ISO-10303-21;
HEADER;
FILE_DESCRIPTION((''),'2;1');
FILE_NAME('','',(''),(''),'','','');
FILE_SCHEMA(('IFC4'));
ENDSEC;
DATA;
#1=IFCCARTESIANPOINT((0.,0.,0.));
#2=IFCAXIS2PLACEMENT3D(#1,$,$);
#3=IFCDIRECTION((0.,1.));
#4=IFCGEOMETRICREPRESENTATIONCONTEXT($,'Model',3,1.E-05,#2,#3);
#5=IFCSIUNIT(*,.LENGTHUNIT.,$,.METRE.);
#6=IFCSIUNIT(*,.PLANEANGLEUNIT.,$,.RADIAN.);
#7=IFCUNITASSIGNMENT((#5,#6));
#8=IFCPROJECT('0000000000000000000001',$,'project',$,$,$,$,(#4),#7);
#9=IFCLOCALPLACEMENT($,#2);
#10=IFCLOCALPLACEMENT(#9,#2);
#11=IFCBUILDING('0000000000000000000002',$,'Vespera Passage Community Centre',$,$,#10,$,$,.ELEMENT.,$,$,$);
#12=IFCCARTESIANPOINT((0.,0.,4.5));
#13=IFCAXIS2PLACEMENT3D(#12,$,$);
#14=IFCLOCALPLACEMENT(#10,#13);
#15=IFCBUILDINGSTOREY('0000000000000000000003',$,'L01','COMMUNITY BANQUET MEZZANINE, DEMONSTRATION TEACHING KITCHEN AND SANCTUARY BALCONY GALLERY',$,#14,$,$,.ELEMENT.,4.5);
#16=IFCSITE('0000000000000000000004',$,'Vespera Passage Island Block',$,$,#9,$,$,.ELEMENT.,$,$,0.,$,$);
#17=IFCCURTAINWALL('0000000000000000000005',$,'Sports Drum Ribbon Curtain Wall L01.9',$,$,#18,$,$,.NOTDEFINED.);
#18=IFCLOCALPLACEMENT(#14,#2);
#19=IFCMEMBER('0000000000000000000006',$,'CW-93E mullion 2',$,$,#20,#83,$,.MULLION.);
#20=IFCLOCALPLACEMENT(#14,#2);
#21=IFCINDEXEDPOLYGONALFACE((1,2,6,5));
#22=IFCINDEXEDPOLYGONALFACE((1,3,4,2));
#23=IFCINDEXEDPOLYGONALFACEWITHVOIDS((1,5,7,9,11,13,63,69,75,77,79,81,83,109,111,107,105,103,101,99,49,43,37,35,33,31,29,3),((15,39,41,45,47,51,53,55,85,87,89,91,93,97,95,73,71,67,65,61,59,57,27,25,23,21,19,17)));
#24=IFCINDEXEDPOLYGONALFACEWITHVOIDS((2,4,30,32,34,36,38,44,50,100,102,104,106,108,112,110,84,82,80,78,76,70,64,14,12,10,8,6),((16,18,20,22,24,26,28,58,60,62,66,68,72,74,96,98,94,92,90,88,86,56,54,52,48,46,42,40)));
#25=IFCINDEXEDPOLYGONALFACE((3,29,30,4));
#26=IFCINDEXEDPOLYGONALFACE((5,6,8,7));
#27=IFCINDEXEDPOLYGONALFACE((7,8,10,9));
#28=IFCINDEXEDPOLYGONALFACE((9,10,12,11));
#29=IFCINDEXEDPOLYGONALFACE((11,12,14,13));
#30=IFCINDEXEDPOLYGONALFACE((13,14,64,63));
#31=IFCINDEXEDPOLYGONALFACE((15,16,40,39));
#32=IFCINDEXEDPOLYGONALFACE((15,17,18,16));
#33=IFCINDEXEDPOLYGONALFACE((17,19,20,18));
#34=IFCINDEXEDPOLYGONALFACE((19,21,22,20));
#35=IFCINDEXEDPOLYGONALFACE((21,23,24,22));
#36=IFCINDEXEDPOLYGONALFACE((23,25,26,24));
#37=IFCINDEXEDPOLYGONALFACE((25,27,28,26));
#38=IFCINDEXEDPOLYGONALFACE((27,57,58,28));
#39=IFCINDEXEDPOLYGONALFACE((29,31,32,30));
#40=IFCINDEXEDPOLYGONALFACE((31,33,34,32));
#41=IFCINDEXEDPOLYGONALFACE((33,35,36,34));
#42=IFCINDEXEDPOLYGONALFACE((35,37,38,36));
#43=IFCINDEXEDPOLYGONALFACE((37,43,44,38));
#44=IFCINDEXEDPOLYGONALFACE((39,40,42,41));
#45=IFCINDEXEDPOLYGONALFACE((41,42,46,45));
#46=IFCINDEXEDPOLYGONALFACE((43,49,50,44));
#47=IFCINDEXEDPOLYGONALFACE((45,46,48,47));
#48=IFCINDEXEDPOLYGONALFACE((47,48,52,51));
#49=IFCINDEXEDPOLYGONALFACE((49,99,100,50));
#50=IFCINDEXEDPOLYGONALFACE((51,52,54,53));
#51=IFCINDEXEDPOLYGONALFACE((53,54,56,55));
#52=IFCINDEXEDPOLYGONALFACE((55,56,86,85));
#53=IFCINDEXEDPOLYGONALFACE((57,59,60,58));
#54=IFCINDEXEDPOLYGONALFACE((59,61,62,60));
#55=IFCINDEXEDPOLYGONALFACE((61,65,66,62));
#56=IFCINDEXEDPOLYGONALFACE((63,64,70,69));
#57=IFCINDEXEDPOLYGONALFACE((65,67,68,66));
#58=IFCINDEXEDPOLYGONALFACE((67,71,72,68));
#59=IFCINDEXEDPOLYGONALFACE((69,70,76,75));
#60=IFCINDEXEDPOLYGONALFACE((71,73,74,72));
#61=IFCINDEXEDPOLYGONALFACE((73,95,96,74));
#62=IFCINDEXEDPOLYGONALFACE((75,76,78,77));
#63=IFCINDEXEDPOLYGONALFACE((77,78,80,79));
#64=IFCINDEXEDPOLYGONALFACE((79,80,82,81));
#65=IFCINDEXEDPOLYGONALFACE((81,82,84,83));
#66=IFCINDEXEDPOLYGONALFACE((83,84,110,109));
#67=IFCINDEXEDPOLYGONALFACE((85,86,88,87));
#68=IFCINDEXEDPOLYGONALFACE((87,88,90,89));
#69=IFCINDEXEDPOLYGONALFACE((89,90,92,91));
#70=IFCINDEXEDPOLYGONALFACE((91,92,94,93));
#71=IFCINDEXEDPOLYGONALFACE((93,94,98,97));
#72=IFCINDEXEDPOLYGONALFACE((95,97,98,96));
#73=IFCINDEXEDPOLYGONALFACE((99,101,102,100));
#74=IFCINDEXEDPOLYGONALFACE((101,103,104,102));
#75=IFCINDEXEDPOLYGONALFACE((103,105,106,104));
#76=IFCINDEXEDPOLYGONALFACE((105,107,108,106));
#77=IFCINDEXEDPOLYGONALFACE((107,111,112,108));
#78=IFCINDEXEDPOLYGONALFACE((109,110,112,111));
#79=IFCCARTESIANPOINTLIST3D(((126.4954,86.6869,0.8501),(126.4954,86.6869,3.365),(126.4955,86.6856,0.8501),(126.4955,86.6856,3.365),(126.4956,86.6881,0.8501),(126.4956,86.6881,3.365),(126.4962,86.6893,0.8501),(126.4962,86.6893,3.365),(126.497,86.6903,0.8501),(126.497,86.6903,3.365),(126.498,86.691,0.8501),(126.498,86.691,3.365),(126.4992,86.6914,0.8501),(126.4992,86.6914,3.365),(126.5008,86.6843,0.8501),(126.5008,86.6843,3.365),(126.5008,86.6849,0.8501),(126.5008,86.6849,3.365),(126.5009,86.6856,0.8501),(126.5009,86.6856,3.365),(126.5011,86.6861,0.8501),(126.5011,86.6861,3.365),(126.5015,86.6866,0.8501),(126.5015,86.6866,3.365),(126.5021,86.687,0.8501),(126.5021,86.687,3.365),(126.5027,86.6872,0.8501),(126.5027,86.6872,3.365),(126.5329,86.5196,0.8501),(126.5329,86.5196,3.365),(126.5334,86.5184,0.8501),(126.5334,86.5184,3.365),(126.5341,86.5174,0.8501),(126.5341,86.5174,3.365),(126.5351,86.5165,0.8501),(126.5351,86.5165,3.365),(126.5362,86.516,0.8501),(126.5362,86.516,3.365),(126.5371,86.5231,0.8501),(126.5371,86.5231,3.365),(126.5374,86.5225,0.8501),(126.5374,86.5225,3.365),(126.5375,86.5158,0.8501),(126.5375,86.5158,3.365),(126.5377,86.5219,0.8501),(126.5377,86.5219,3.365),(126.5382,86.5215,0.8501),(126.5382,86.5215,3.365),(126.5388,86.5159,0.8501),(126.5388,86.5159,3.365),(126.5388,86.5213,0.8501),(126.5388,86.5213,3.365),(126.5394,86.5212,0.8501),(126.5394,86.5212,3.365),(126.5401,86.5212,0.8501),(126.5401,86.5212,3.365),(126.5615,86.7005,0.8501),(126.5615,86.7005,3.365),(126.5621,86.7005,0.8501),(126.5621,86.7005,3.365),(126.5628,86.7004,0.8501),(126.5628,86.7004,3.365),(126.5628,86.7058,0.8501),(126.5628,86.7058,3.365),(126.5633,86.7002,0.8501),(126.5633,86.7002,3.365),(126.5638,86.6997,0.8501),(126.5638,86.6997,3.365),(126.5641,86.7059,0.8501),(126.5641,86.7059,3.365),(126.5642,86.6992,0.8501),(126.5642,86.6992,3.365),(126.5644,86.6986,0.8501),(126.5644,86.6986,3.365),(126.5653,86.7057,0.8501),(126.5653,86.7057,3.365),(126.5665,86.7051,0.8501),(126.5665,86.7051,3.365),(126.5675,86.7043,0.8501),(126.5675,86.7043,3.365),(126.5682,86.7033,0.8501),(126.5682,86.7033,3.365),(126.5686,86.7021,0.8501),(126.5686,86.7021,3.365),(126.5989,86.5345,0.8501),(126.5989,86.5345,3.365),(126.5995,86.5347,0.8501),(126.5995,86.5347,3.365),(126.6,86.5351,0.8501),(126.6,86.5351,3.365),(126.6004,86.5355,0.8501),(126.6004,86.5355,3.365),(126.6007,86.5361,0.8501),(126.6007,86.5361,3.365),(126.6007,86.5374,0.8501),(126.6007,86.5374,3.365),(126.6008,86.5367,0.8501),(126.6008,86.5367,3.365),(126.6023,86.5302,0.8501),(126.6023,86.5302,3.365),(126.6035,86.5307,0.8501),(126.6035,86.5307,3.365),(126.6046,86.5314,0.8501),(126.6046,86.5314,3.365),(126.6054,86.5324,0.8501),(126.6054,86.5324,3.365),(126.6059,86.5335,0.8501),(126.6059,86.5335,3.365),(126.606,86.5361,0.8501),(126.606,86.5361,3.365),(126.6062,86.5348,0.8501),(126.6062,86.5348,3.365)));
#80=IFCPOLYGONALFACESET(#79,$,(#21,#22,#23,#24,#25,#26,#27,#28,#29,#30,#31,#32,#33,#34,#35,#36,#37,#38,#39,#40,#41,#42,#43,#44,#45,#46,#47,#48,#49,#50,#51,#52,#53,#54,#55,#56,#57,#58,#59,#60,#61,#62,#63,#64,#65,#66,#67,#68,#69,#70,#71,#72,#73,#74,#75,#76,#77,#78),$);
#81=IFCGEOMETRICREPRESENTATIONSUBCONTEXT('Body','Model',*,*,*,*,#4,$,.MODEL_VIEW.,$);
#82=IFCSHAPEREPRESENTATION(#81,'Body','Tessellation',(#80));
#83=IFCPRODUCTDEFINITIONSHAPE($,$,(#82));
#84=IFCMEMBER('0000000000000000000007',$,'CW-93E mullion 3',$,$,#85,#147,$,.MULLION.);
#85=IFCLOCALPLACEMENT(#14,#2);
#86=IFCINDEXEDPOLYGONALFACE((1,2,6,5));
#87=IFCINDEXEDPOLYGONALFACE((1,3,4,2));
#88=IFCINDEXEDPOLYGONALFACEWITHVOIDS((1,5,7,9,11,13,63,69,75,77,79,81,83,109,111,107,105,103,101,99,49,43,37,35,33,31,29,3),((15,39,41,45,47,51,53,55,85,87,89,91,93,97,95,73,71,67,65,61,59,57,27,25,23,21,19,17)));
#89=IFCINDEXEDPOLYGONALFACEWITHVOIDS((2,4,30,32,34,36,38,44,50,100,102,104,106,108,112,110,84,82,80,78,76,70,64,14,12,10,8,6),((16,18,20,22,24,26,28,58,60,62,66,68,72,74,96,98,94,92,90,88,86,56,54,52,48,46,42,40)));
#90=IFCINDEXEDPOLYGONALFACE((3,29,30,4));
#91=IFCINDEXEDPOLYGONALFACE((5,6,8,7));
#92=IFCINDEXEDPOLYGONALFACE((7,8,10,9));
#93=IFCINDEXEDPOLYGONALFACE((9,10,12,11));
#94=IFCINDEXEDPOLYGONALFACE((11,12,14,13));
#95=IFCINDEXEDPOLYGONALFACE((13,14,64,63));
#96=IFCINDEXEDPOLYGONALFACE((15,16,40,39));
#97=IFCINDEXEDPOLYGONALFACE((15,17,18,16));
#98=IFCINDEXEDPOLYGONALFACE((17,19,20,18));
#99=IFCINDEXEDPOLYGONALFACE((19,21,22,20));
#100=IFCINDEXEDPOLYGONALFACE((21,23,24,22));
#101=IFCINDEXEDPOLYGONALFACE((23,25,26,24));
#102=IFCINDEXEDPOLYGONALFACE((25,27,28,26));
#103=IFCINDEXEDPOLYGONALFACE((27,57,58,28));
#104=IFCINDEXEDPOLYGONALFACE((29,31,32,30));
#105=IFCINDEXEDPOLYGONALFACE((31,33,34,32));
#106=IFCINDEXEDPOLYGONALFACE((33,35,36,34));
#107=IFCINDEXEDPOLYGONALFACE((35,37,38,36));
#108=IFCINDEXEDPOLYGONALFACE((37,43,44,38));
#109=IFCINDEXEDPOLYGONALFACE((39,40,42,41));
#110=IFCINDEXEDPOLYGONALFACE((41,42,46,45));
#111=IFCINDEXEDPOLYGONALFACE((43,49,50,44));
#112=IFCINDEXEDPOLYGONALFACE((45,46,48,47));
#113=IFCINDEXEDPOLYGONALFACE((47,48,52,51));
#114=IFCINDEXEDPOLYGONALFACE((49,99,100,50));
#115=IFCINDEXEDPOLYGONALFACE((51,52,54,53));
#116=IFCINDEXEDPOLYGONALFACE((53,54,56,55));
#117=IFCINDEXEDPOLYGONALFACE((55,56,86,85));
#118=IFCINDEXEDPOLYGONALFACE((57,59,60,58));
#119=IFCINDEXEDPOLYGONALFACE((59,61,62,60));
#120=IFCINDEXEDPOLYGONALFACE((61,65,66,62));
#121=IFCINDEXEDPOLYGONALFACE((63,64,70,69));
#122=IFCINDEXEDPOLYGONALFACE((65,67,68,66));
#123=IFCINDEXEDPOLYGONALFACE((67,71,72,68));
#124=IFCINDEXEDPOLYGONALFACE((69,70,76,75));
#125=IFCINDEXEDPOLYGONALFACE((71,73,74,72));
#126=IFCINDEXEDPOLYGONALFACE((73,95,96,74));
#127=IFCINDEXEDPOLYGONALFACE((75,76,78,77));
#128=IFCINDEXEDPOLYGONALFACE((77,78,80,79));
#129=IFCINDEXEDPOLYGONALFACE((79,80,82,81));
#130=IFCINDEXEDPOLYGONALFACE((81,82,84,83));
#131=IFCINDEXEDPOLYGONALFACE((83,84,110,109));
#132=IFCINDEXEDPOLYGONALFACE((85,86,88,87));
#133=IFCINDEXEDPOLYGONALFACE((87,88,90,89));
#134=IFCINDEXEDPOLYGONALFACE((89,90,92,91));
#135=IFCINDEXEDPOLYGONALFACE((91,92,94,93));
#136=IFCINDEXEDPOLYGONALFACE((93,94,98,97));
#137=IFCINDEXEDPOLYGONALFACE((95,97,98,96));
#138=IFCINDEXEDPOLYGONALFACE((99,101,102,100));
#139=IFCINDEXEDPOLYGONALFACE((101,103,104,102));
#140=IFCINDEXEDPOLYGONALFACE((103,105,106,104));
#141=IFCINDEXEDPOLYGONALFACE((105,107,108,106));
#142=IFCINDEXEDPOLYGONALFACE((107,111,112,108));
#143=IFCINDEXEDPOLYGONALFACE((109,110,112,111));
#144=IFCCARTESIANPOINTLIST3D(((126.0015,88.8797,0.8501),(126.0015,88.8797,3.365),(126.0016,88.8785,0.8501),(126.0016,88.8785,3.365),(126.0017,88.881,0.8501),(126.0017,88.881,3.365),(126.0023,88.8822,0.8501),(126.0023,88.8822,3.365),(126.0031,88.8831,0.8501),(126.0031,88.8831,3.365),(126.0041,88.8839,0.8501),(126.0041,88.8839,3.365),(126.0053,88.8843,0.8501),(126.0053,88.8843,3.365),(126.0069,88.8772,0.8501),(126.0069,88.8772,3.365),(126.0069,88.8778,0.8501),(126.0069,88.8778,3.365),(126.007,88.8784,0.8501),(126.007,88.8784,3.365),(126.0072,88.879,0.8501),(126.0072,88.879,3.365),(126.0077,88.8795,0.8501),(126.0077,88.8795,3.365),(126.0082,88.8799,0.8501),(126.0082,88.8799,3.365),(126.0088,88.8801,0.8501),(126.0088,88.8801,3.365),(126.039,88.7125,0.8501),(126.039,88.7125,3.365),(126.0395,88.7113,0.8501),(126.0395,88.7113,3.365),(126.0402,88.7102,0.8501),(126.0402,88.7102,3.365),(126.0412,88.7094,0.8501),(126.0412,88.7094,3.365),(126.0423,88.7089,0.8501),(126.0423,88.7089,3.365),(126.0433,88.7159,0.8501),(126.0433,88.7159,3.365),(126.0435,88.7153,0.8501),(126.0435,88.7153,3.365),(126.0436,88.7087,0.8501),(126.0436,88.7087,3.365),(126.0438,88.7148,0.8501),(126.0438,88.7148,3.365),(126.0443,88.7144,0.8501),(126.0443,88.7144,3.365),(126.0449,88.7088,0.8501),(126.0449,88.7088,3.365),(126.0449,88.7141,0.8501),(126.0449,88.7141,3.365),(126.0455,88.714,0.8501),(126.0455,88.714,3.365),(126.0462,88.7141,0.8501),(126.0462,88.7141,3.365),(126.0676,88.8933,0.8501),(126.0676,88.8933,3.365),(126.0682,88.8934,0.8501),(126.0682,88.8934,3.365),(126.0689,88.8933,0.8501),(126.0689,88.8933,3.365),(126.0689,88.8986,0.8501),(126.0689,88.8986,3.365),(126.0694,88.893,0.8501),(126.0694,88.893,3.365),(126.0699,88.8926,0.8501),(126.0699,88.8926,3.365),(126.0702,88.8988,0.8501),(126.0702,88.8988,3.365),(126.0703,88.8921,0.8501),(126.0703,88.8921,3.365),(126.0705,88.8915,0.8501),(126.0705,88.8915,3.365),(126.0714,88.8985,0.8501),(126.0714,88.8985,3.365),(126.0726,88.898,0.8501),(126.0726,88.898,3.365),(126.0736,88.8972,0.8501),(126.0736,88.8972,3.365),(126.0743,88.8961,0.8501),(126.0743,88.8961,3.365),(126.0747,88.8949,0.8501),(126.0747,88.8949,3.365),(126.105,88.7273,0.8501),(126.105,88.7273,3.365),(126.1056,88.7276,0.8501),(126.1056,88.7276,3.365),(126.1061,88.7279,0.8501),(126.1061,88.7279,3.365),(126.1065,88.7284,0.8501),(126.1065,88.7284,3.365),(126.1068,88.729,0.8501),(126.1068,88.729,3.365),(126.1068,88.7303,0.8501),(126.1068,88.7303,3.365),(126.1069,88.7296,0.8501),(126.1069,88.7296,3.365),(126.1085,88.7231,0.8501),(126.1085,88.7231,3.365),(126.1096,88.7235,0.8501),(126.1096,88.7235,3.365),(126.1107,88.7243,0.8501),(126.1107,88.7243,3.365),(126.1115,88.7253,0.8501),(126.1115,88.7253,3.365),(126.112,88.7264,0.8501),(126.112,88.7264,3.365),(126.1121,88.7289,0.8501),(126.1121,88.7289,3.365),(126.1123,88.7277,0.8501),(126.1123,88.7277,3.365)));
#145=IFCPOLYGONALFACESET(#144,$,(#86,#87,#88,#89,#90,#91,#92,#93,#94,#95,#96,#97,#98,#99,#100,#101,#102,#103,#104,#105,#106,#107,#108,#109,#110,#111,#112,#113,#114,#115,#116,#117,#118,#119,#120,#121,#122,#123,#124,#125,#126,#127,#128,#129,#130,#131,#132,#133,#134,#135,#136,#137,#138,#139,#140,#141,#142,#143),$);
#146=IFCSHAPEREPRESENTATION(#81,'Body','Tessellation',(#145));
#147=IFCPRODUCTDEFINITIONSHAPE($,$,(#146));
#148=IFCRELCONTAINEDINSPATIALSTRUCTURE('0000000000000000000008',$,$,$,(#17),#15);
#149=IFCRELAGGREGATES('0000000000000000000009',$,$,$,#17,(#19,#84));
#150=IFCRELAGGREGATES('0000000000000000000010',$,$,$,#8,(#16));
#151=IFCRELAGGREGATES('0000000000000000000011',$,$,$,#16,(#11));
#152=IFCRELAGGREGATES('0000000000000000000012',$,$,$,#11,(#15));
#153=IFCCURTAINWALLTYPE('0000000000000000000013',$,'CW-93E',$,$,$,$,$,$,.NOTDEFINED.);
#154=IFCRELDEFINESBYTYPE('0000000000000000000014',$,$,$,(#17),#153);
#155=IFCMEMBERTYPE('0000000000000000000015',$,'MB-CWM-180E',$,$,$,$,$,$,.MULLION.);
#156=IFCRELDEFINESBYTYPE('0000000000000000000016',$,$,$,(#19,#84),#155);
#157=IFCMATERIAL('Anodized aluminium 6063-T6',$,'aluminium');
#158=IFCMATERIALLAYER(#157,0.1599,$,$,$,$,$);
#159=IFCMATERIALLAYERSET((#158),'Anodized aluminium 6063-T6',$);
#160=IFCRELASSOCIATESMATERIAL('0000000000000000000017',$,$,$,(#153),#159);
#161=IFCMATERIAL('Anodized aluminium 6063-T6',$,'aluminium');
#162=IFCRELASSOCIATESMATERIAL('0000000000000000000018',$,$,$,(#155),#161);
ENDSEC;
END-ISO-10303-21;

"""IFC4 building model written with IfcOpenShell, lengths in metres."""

from ifc_helpers import new_model, si_unit, direction, frame, origin, origin_2d, place, context, subcontext, project, spatial, hollow_rectangle, extrude, material, layer, layer_set, material_profile, profile_set, type_object, element, aggregate, save


model = new_model("IFC4")

# Units and contexts
model_context = context("Model", 3, precision=1e-05, world=origin(), true_north=direction((0.0, 1.0)))
body_context = subcontext(model_context, "Body", "Model", "MODEL_VIEW")
ifc_project = project(units=[si_unit("LENGTHUNIT", "METRE"), si_unit("PLANEANGLEUNIT", "RADIAN")], contexts=[model_context])

# Site, building, storey
site_placement = place(None, origin())
site = spatial("IfcSite", under=ifc_project, at=site_placement, Name="Vespera Passage Island Block", CompositionType="ELEMENT", RefElevation=0.0)
building_placement = place(site_placement, origin())
building = spatial("IfcBuilding", under=site, at=building_placement, Name="Vespera Passage Community Centre", CompositionType="ELEMENT")
storey_placement = place(building_placement, frame((0.0, 0.0, 4.5)))
storey = spatial("IfcBuildingStorey", under=building, at=storey_placement, Name="L01", Description="COMMUNITY BANQUET MEZZANINE, DEMONSTRATION TEACHING KITCHEN AND SANCTUARY BALCONY GALLERY", CompositionType="ELEMENT", Elevation=4.5)

# Curtain wall, members
ifc_material_1 = material(Name="Anodized aluminium 6063-T6", Category="aluminium")
ifc_layer_1 = layer(ifc_material_1, 0.1599)
ifc_layer_set_1 = layer_set([ifc_layer_1], Name="Anodized aluminium 6063-T6")
curtain_wall_type = type_object("IfcCurtainWallType", Name="CW-93E", PredefinedType="NOTDEFINED", material=ifc_layer_set_1)
curtain_wall_placement = place(storey_placement, origin())
curtain_wall = element("IfcCurtainWall", 1, at=curtain_wall_placement, inside=storey, type_object=curtain_wall_type, Name="Sports Drum Ribbon Curtain Wall L01.9", PredefinedType="NOTDEFINED")
ifc_material_2 = material(Name="Anodized aluminium 6063-T6", Category="aluminium")
ifc_material_profile_1 = material_profile(ifc_material_2, hollow_rectangle(XDim=0.075, YDim=0.1799, WallThickness=0.0049, InnerFilletRadius=0.0024, OuterFilletRadius=0.0049, at=origin_2d()), Name="ALU180X75X5")
ifc_profile_set_1 = profile_set([ifc_material_profile_1], Name="Anodized aluminium 6063-T6")
member_type_1 = type_object("IfcMemberType", Name="MB-CWM-180E", PredefinedType="MULLION", material=ifc_profile_set_1)
member_1_placement = place(storey_placement, frame((126.5508, 86.6108, 0.8501), z_axis=(0.0, 0.0, 1.0), x_axis=(-0.975553, -0.219763, 0.0)))
member_1 = element("IfcMember", 2, at=member_1_placement, type_object=member_type_1, Name="CW-93E mullion 2", PredefinedType="MULLION", context=body_context, shape_type="SweptSolid", body=[
    extrude(hollow_rectangle(XDim=0.075, YDim=0.1799, WallThickness=0.0049, InnerFilletRadius=0.0024, OuterFilletRadius=0.0049, at=origin_2d()), origin(), (0.0, 0.0, 1.0), 2.5149),
])
member_2_placement = place(storey_placement, frame((126.0569, 88.8037, 0.8501), z_axis=(0.0, 0.0, 1.0), x_axis=(-0.975553, -0.219763, 0.0)))
member_2 = element("IfcMember", 3, at=member_2_placement, type_object=member_type_1, Name="CW-93E mullion 3", PredefinedType="MULLION", context=body_context, shape_type="SweptSolid", body=[
    extrude(hollow_rectangle(XDim=0.075, YDim=0.1799, WallThickness=0.0049, InnerFilletRadius=0.0024, OuterFilletRadius=0.0049, at=origin_2d()), origin(), (0.0, 0.0, 1.0), 2.5149),
])

aggregate(curtain_wall, [member_1, member_2])

save(model, "model.ifc")
